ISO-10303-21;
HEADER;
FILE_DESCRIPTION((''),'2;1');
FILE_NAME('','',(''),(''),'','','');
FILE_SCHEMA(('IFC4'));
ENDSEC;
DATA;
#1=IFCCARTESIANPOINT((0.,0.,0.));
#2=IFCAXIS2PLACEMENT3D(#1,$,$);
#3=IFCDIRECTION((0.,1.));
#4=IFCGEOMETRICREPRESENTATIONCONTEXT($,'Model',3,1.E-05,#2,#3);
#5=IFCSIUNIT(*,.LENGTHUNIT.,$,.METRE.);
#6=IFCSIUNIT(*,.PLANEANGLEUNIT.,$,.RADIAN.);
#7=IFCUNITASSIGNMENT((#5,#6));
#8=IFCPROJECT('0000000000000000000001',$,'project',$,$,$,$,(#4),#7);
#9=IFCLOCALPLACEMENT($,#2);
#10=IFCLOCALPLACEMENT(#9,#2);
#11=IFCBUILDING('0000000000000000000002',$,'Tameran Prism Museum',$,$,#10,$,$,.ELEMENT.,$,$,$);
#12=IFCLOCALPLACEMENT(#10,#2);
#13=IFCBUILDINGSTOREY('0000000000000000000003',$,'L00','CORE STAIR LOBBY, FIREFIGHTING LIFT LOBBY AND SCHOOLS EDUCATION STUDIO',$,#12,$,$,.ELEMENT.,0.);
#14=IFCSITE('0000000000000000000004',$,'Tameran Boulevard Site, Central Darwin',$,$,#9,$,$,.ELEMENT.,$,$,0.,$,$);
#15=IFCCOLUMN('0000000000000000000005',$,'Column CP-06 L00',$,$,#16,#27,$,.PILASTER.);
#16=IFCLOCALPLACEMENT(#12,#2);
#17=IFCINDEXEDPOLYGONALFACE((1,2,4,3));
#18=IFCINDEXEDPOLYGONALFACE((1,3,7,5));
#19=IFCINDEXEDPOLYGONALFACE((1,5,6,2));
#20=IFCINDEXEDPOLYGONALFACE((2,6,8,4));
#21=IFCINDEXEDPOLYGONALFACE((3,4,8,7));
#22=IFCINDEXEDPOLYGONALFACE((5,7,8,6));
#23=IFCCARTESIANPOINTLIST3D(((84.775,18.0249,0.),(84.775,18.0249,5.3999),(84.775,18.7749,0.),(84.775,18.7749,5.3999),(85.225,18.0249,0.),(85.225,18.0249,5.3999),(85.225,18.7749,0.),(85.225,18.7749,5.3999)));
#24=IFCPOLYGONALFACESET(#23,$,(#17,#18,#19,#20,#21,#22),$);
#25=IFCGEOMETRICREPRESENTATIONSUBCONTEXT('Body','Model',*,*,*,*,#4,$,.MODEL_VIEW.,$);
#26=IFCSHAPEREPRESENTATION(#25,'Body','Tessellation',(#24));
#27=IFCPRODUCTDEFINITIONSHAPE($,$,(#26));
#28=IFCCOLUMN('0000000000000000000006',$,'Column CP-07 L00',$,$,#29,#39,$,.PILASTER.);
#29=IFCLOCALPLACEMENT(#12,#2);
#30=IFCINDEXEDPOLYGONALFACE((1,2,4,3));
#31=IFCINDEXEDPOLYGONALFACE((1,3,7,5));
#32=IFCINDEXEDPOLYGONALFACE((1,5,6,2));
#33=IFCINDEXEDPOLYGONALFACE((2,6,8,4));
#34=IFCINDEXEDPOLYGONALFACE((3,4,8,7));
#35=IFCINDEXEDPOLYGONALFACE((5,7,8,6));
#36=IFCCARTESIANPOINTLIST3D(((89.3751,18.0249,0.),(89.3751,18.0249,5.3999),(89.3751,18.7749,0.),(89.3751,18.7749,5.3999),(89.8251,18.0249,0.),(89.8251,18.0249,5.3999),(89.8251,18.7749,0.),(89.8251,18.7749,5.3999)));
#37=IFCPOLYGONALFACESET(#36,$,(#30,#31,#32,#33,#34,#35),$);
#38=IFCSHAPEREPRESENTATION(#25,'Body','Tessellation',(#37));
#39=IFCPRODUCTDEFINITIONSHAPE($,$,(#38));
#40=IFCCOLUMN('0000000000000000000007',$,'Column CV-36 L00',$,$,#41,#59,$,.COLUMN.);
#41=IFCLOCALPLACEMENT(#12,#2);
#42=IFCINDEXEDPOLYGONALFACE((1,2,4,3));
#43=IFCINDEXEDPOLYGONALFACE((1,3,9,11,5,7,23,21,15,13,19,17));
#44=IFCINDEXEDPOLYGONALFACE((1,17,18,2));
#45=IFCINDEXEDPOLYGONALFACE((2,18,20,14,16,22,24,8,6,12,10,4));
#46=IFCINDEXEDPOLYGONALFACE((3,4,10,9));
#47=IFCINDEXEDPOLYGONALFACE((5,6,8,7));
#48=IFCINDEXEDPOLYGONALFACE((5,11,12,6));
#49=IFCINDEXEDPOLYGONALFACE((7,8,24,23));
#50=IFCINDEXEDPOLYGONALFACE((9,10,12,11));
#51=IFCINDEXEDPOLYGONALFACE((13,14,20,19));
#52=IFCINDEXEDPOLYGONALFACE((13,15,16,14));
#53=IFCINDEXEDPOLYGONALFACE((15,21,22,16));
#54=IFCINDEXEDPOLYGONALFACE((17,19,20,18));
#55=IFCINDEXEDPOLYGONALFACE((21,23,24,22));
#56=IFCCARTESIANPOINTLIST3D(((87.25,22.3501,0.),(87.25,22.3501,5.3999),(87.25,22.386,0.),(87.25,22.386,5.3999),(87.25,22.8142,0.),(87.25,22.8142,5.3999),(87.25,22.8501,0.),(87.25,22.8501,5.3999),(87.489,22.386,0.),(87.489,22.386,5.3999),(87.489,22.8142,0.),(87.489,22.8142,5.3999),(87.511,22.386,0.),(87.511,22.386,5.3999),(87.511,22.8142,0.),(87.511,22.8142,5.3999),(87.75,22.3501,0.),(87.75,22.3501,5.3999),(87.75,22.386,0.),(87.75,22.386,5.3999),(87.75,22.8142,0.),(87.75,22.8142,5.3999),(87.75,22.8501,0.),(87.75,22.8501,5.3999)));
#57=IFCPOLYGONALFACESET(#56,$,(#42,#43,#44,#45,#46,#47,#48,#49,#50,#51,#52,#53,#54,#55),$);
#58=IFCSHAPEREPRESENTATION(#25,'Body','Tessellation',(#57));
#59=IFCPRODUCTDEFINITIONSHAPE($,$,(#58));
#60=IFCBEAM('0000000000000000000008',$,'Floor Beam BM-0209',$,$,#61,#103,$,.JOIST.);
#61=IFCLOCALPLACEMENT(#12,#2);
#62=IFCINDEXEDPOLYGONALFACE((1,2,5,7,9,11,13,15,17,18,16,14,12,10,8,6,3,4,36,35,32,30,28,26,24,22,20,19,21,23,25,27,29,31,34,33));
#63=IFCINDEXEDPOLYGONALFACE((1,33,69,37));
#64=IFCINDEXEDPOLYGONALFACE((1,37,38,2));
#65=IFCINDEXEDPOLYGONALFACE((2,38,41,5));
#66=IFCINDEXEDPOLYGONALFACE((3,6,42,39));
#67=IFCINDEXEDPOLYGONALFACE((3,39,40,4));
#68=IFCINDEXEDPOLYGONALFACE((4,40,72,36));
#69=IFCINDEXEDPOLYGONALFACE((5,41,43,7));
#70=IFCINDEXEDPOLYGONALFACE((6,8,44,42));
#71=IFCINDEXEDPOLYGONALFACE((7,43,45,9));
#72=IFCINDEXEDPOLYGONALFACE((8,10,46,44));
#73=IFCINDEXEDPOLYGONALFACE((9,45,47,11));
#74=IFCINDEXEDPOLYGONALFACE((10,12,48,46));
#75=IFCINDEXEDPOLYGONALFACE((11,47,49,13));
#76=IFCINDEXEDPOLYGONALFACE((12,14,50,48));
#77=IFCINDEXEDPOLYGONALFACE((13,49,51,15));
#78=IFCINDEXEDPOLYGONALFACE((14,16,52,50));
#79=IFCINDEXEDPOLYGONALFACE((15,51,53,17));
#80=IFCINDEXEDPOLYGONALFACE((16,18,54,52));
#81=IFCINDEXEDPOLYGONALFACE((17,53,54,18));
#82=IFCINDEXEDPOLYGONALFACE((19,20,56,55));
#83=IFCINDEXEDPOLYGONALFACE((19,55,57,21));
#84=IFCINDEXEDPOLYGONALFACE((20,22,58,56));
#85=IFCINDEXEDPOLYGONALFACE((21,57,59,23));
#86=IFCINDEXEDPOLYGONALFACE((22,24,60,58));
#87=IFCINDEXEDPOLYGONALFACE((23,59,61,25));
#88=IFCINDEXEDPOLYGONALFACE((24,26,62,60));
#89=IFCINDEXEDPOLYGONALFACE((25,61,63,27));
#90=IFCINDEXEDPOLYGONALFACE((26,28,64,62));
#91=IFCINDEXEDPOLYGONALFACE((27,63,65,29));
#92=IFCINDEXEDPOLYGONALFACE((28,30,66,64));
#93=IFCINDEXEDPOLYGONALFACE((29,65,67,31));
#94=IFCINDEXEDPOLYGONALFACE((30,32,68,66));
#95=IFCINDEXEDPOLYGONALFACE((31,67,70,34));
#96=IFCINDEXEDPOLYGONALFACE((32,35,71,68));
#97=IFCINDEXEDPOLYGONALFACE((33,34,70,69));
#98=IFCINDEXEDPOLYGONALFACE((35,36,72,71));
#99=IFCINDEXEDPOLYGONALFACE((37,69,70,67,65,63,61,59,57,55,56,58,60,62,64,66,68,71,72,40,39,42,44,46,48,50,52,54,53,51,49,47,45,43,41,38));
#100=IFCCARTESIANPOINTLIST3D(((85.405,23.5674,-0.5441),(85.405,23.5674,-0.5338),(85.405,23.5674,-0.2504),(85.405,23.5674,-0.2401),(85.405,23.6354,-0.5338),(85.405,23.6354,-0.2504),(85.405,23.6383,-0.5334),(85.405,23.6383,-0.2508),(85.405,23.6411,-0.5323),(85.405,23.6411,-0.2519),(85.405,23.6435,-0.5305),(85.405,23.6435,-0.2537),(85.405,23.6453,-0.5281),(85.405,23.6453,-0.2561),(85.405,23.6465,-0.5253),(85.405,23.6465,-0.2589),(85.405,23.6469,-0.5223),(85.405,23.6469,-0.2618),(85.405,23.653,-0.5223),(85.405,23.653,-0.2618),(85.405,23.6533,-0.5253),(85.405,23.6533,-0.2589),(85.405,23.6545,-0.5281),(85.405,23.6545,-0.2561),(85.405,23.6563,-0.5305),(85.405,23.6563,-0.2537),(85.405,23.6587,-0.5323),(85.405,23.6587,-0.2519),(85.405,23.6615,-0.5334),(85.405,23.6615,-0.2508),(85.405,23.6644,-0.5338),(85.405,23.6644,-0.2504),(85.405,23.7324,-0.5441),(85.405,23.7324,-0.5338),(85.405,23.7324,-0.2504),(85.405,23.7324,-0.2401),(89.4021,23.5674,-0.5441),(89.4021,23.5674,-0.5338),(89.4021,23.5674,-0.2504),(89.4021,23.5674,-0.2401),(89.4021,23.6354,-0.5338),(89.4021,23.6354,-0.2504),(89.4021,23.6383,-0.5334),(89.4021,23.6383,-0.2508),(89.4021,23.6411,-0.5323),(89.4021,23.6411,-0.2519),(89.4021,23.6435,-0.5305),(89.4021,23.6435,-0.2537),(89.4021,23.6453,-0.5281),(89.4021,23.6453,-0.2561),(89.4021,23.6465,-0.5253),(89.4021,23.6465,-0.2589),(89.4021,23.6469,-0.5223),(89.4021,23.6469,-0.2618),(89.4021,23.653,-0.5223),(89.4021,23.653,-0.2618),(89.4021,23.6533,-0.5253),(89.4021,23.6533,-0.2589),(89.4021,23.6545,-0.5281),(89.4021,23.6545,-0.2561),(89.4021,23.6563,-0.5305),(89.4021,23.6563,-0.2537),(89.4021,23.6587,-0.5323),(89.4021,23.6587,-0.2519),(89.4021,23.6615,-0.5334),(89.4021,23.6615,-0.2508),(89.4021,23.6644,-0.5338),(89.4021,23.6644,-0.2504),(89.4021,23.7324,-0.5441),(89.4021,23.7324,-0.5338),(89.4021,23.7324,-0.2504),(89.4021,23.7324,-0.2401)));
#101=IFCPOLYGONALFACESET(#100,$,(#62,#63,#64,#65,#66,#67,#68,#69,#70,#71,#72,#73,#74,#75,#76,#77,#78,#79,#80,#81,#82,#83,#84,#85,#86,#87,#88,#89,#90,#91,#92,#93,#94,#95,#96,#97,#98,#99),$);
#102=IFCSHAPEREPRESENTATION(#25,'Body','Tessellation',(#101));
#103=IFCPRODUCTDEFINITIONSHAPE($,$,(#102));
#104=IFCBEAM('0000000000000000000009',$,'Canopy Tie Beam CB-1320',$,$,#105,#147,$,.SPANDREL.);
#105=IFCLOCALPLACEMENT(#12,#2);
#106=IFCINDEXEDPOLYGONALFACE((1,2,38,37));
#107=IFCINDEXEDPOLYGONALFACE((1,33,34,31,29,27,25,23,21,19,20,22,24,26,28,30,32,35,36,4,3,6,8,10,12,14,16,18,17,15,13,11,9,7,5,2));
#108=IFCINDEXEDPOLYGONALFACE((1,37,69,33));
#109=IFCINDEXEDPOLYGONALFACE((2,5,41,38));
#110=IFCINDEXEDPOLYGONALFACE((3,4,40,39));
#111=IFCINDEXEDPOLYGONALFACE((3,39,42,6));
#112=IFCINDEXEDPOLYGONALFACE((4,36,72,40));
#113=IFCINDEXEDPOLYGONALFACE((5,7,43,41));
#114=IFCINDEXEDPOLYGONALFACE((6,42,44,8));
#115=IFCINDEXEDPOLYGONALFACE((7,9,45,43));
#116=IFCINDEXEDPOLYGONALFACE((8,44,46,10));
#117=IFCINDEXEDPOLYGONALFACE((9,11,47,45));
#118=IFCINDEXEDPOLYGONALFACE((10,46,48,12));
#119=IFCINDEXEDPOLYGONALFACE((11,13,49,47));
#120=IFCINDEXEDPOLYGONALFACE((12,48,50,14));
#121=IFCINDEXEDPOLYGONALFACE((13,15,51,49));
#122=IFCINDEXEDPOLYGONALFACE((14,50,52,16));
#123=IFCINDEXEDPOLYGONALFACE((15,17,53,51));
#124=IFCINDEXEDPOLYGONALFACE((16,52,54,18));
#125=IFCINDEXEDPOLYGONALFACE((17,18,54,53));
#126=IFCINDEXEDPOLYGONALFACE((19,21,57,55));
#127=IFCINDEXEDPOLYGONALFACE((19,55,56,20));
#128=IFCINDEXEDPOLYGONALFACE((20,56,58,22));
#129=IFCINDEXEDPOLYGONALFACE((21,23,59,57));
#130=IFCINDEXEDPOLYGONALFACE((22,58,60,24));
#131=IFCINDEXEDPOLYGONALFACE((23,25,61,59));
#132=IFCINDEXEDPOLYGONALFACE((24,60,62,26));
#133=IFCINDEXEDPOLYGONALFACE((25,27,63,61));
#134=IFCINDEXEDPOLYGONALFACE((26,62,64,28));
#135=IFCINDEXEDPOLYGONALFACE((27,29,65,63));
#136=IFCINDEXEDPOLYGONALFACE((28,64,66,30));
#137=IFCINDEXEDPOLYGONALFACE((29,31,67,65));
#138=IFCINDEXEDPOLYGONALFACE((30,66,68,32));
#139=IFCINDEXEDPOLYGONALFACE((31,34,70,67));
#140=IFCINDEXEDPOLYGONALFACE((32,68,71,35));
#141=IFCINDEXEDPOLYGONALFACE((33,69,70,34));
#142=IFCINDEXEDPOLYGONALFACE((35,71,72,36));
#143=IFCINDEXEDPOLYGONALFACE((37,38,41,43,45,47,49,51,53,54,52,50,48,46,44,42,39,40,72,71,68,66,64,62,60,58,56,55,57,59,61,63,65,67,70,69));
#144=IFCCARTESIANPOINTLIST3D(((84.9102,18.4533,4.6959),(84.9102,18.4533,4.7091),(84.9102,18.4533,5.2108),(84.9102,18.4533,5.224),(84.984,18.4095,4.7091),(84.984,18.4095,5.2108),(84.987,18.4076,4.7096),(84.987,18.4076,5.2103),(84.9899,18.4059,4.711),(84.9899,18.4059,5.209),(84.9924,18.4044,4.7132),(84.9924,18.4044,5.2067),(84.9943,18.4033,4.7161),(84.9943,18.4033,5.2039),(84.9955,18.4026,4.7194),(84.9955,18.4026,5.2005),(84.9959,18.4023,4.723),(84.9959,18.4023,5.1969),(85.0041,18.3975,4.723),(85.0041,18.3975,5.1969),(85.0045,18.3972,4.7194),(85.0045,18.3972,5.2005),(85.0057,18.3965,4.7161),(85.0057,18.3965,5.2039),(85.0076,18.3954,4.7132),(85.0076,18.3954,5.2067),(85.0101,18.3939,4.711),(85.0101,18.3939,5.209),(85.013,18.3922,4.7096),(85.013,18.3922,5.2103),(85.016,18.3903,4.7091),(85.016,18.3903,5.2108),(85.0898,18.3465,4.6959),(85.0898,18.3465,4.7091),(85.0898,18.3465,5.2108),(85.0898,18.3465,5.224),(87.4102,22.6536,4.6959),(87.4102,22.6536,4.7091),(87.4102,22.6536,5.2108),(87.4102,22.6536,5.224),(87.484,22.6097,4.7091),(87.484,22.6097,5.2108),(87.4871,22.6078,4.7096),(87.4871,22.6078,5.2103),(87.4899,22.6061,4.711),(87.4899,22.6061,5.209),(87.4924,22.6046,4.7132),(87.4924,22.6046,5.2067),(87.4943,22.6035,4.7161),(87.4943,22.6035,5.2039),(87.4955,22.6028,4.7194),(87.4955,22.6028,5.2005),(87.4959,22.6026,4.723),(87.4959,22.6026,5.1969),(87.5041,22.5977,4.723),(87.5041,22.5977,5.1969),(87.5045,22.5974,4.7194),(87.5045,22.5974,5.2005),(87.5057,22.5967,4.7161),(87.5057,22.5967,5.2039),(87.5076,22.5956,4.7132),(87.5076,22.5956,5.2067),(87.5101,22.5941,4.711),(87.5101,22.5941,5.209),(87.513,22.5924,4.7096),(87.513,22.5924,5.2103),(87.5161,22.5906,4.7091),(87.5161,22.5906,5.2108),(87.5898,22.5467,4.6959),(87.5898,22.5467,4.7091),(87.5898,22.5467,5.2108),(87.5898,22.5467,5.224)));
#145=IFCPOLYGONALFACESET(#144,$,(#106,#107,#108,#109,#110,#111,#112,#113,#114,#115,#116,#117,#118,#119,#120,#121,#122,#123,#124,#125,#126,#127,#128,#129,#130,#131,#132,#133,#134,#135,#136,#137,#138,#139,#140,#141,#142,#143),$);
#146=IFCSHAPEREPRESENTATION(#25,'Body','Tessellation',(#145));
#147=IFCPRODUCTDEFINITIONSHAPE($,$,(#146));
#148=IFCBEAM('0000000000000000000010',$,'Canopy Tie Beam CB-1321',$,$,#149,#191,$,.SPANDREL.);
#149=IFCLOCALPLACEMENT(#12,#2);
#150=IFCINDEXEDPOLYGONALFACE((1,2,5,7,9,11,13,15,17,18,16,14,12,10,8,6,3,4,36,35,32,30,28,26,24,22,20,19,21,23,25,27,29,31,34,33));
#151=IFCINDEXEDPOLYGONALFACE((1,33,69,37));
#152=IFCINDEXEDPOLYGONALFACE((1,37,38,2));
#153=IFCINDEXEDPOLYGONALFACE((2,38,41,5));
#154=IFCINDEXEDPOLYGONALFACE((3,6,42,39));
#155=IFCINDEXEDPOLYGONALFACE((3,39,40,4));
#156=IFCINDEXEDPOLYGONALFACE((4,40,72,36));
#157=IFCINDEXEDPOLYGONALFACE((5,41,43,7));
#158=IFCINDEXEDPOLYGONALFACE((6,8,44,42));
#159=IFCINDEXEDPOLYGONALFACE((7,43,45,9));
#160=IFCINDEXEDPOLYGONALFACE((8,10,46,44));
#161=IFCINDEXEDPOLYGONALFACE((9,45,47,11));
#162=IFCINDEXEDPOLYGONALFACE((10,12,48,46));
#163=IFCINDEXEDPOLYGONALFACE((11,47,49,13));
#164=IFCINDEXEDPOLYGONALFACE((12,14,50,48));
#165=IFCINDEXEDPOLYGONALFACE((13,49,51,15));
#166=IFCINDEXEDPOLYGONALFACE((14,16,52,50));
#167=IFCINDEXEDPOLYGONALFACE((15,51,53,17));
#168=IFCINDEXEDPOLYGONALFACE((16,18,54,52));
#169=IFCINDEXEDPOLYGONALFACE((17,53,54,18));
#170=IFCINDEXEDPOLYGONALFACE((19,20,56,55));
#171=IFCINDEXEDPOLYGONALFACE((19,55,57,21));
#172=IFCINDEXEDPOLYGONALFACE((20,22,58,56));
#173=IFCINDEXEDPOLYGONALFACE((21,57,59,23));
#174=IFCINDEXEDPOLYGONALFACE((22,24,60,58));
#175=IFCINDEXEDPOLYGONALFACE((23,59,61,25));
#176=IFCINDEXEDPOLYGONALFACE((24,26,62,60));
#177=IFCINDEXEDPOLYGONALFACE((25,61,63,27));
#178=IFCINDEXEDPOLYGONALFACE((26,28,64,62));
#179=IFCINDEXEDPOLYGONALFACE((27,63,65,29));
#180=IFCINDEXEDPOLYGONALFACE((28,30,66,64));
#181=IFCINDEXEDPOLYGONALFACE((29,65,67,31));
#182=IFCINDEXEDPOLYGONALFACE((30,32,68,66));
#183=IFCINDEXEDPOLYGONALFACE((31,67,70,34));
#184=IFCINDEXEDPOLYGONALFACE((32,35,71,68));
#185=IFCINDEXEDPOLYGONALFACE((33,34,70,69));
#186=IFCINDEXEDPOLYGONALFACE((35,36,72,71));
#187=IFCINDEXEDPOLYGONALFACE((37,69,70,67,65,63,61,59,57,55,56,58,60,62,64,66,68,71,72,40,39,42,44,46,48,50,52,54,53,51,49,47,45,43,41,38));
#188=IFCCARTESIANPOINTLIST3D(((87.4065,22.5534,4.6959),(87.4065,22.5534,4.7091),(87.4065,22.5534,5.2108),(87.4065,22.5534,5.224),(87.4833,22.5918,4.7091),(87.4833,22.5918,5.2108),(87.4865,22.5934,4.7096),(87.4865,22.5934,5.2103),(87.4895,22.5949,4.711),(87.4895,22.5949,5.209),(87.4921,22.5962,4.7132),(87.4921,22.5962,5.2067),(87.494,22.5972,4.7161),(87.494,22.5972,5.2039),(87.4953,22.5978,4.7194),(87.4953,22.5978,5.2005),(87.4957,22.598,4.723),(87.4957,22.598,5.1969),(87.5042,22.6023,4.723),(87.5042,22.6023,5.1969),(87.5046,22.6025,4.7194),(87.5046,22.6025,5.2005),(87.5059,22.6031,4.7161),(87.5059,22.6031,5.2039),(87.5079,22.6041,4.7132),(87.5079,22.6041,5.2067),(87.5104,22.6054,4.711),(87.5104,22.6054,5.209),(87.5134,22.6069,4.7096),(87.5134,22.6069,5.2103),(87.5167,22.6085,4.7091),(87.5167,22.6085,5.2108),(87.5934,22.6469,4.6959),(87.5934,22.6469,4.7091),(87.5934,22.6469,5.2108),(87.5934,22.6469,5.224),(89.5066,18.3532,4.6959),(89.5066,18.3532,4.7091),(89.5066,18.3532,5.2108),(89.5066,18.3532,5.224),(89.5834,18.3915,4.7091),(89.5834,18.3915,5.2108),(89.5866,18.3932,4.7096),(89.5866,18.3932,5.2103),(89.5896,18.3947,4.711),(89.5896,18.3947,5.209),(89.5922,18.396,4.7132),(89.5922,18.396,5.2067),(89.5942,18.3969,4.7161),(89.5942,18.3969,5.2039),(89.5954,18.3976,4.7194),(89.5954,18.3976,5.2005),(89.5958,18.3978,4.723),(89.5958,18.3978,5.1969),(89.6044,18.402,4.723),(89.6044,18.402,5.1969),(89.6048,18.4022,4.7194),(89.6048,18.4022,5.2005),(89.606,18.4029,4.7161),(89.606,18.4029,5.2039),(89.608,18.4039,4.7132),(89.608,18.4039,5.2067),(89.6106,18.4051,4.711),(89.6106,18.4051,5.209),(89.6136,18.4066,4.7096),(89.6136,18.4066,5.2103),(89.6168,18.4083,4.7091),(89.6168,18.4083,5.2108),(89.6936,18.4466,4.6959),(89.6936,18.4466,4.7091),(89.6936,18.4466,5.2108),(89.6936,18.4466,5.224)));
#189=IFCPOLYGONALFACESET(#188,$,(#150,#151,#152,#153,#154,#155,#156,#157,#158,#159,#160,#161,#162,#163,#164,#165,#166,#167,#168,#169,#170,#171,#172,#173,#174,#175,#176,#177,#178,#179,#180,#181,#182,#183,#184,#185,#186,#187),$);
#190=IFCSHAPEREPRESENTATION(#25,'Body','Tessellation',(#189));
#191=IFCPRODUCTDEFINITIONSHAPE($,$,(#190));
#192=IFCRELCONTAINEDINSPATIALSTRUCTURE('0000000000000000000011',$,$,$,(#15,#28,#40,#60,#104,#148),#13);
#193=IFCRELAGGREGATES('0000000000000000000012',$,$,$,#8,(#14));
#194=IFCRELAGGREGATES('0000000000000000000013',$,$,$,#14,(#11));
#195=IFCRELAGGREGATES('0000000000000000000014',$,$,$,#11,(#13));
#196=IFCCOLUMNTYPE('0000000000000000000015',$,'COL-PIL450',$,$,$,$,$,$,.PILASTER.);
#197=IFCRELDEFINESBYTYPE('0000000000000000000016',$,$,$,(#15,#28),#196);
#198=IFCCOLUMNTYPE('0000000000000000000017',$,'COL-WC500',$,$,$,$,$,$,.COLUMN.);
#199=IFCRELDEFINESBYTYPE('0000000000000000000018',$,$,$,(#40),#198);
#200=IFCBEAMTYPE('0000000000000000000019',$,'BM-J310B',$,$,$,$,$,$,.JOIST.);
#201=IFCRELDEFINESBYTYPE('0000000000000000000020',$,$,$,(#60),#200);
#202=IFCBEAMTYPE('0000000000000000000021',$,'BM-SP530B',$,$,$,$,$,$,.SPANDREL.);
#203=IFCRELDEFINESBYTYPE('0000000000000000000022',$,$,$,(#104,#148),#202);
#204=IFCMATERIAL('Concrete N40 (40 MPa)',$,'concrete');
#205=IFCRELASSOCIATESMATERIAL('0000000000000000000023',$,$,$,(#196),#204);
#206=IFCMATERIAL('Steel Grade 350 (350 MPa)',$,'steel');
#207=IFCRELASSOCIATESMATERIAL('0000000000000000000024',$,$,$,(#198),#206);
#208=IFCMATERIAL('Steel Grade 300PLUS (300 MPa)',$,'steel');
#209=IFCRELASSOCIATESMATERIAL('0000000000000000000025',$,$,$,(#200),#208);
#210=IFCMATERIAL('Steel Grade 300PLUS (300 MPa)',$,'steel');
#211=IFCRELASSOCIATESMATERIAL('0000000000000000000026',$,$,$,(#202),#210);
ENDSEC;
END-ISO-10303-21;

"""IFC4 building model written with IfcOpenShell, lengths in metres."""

from ifc_helpers import new_model, si_unit, direction, frame, origin, origin_2d, place, context, subcontext, project, spatial, rectangle, i_section, extrude, material, material_profile, profile_set, type_object, element, save


model = new_model("IFC4")

# Units and contexts
model_context = context("Model", 3, precision=1e-05, world=origin(), true_north=direction((0.0, 1.0)))
body_context = subcontext(model_context, "Body", "Model", "MODEL_VIEW")
ifc_project = project(units=[si_unit("LENGTHUNIT", "METRE"), si_unit("PLANEANGLEUNIT", "RADIAN")], contexts=[model_context])

# Site, building, storey
site_placement = place(None, origin())
site = spatial("IfcSite", under=ifc_project, at=site_placement, Name="Tameran Boulevard Site, Central Darwin", CompositionType="ELEMENT", RefElevation=0.0)
building_placement = place(site_placement, origin())
building = spatial("IfcBuilding", under=site, at=building_placement, Name="Tameran Prism Museum", CompositionType="ELEMENT")
storey_placement = place(building_placement, origin())
storey = spatial("IfcBuildingStorey", under=building, at=storey_placement, Name="L00", Description="CORE STAIR LOBBY, FIREFIGHTING LIFT LOBBY AND SCHOOLS EDUCATION STUDIO", CompositionType="ELEMENT", Elevation=0.0)

# Columns
ifc_material_1 = material(Name="Concrete N40 (40 MPa)", Category="concrete")
ifc_material_profile_1 = material_profile(ifc_material_1, rectangle(XDim=0.45, YDim=0.75, at=origin_2d()))
ifc_profile_set_1 = profile_set([ifc_material_profile_1])
column_type_1 = type_object("IfcColumnType", Name="COL-PIL450", PredefinedType="PILASTER", material=ifc_profile_set_1)
for number, where, z_axis, x_axis, name in (
    (1, (85.0, 18.3999, 0.0), (0.0, 0.0, 1.0), (1.0, 0.0, 0.0), "Column CP-06 L00"),
    (2, (89.6001, 18.3999, 0.0), (0.0, 0.0, 1.0), (1.0, 0.0, 0.0), "Column CP-07 L00"),
):
    element("IfcColumn", number, at=place(storey_placement, frame(where, z_axis=z_axis, x_axis=x_axis)), inside=storey, type_object=column_type_1, Name=name, PredefinedType="PILASTER", context=body_context, shape_type="SweptSolid", body=[
        extrude(rectangle(XDim=0.45, YDim=0.75, at=origin_2d()), origin(), (0.0, 0.0, 1.0), 5.3999),
    ])
ifc_material_2 = material(Name="Steel Grade 350 (350 MPa)", Category="steel")
ifc_material_profile_2 = material_profile(ifc_material_2, i_section(OverallWidth=0.5, OverallDepth=0.5, WebThickness=0.022, FlangeThickness=0.0359, at=origin_2d()))
ifc_profile_set_2 = profile_set([ifc_material_profile_2])
column_type_2 = type_object("IfcColumnType", Name="COL-WC500", PredefinedType="COLUMN", material=ifc_profile_set_2)
column_placement = place(storey_placement, frame((87.5, 22.6001, 0.0), z_axis=(0.0, 0.0, 1.0), x_axis=(1.0, 0.0, 0.0)))
element("IfcColumn", 3, at=column_placement, inside=storey, type_object=column_type_2, Name="Column CV-36 L00", PredefinedType="COLUMN", context=body_context, shape_type="SweptSolid", body=[
    extrude(i_section(OverallWidth=0.5, OverallDepth=0.5, WebThickness=0.022, FlangeThickness=0.0359, at=origin_2d()), origin(), (0.0, 0.0, 1.0), 5.3999),
])

# Beams
ifc_material_3 = material(Name="Steel Grade 300PLUS (300 MPa)", Category="steel")
ifc_material_profile_3 = material_profile(ifc_material_3, i_section(OverallWidth=0.165, OverallDepth=0.304, WebThickness=0.0061, FlangeThickness=0.0103, FilletRadius=0.0115, at=origin_2d()))
ifc_profile_set_3 = profile_set([ifc_material_profile_3])
beam_type_1 = type_object("IfcBeamType", Name="BM-J310B", PredefinedType="JOIST", material=ifc_profile_set_3)
beam_1_placement = place(storey_placement, frame((85.405, 23.6499, -0.3921), z_axis=(1.0, 0.0, 0.0), x_axis=(0.0, 1.0, 0.0)))
element("IfcBeam", 4, at=beam_1_placement, inside=storey, type_object=beam_type_1, Name="Floor Beam BM-0209", PredefinedType="JOIST", context=body_context, shape_type="SweptSolid", body=[
    extrude(i_section(OverallWidth=0.165, OverallDepth=0.304, WebThickness=0.0061, FlangeThickness=0.0103, FilletRadius=0.0115, at=origin_2d()), origin(), (0.0, 0.0, 1.0), 3.9971),
])
ifc_material_4 = material(Name="Steel Grade 300PLUS (300 MPa)", Category="steel")
ifc_material_profile_4 = material_profile(ifc_material_4, i_section(OverallWidth=0.209, OverallDepth=0.5281, WebThickness=0.0095, FlangeThickness=0.0132, FilletRadius=0.0139, at=origin_2d()))
ifc_profile_set_4 = profile_set([ifc_material_profile_4])
beam_type_2 = type_object("IfcBeamType", Name="BM-SP530B", PredefinedType="SPANDREL", material=ifc_profile_set_4)
beam_2_placement = place(storey_placement, frame((85.0, 18.3999, 4.96), z_axis=(0.511466, 0.859303, 0.0), x_axis=(-0.859303, 0.511466, 0.0)))
element("IfcBeam", 5, at=beam_2_placement, inside=storey, type_object=beam_type_2, Name="Canopy Tie Beam CB-1320", PredefinedType="SPANDREL", context=body_context, shape_type="SweptSolid", body=[
    extrude(i_section(OverallWidth=0.209, OverallDepth=0.5281, WebThickness=0.0095, FlangeThickness=0.0132, FilletRadius=0.0139, at=origin_2d()), origin(), (0.0, 0.0, 1.0), 4.8879),
])
beam_3_placement = place(storey_placement, frame((89.6001, 18.3999, 4.96), z_axis=(-0.447214, 0.894427, 0.0), x_axis=(-0.894427, -0.447214, 0.0)))
element("IfcBeam", 6, at=beam_3_placement, inside=storey, type_object=beam_type_2, Name="Canopy Tie Beam CB-1321", PredefinedType="SPANDREL", context=body_context, shape_type="SweptSolid", body=[
    extrude(i_section(OverallWidth=0.209, OverallDepth=0.5281, WebThickness=0.0095, FlangeThickness=0.0132, FilletRadius=0.0139, at=origin_2d()), origin(), (0.0, 0.0, 1.0), 4.696),
])

save(model, "model.ifc")
